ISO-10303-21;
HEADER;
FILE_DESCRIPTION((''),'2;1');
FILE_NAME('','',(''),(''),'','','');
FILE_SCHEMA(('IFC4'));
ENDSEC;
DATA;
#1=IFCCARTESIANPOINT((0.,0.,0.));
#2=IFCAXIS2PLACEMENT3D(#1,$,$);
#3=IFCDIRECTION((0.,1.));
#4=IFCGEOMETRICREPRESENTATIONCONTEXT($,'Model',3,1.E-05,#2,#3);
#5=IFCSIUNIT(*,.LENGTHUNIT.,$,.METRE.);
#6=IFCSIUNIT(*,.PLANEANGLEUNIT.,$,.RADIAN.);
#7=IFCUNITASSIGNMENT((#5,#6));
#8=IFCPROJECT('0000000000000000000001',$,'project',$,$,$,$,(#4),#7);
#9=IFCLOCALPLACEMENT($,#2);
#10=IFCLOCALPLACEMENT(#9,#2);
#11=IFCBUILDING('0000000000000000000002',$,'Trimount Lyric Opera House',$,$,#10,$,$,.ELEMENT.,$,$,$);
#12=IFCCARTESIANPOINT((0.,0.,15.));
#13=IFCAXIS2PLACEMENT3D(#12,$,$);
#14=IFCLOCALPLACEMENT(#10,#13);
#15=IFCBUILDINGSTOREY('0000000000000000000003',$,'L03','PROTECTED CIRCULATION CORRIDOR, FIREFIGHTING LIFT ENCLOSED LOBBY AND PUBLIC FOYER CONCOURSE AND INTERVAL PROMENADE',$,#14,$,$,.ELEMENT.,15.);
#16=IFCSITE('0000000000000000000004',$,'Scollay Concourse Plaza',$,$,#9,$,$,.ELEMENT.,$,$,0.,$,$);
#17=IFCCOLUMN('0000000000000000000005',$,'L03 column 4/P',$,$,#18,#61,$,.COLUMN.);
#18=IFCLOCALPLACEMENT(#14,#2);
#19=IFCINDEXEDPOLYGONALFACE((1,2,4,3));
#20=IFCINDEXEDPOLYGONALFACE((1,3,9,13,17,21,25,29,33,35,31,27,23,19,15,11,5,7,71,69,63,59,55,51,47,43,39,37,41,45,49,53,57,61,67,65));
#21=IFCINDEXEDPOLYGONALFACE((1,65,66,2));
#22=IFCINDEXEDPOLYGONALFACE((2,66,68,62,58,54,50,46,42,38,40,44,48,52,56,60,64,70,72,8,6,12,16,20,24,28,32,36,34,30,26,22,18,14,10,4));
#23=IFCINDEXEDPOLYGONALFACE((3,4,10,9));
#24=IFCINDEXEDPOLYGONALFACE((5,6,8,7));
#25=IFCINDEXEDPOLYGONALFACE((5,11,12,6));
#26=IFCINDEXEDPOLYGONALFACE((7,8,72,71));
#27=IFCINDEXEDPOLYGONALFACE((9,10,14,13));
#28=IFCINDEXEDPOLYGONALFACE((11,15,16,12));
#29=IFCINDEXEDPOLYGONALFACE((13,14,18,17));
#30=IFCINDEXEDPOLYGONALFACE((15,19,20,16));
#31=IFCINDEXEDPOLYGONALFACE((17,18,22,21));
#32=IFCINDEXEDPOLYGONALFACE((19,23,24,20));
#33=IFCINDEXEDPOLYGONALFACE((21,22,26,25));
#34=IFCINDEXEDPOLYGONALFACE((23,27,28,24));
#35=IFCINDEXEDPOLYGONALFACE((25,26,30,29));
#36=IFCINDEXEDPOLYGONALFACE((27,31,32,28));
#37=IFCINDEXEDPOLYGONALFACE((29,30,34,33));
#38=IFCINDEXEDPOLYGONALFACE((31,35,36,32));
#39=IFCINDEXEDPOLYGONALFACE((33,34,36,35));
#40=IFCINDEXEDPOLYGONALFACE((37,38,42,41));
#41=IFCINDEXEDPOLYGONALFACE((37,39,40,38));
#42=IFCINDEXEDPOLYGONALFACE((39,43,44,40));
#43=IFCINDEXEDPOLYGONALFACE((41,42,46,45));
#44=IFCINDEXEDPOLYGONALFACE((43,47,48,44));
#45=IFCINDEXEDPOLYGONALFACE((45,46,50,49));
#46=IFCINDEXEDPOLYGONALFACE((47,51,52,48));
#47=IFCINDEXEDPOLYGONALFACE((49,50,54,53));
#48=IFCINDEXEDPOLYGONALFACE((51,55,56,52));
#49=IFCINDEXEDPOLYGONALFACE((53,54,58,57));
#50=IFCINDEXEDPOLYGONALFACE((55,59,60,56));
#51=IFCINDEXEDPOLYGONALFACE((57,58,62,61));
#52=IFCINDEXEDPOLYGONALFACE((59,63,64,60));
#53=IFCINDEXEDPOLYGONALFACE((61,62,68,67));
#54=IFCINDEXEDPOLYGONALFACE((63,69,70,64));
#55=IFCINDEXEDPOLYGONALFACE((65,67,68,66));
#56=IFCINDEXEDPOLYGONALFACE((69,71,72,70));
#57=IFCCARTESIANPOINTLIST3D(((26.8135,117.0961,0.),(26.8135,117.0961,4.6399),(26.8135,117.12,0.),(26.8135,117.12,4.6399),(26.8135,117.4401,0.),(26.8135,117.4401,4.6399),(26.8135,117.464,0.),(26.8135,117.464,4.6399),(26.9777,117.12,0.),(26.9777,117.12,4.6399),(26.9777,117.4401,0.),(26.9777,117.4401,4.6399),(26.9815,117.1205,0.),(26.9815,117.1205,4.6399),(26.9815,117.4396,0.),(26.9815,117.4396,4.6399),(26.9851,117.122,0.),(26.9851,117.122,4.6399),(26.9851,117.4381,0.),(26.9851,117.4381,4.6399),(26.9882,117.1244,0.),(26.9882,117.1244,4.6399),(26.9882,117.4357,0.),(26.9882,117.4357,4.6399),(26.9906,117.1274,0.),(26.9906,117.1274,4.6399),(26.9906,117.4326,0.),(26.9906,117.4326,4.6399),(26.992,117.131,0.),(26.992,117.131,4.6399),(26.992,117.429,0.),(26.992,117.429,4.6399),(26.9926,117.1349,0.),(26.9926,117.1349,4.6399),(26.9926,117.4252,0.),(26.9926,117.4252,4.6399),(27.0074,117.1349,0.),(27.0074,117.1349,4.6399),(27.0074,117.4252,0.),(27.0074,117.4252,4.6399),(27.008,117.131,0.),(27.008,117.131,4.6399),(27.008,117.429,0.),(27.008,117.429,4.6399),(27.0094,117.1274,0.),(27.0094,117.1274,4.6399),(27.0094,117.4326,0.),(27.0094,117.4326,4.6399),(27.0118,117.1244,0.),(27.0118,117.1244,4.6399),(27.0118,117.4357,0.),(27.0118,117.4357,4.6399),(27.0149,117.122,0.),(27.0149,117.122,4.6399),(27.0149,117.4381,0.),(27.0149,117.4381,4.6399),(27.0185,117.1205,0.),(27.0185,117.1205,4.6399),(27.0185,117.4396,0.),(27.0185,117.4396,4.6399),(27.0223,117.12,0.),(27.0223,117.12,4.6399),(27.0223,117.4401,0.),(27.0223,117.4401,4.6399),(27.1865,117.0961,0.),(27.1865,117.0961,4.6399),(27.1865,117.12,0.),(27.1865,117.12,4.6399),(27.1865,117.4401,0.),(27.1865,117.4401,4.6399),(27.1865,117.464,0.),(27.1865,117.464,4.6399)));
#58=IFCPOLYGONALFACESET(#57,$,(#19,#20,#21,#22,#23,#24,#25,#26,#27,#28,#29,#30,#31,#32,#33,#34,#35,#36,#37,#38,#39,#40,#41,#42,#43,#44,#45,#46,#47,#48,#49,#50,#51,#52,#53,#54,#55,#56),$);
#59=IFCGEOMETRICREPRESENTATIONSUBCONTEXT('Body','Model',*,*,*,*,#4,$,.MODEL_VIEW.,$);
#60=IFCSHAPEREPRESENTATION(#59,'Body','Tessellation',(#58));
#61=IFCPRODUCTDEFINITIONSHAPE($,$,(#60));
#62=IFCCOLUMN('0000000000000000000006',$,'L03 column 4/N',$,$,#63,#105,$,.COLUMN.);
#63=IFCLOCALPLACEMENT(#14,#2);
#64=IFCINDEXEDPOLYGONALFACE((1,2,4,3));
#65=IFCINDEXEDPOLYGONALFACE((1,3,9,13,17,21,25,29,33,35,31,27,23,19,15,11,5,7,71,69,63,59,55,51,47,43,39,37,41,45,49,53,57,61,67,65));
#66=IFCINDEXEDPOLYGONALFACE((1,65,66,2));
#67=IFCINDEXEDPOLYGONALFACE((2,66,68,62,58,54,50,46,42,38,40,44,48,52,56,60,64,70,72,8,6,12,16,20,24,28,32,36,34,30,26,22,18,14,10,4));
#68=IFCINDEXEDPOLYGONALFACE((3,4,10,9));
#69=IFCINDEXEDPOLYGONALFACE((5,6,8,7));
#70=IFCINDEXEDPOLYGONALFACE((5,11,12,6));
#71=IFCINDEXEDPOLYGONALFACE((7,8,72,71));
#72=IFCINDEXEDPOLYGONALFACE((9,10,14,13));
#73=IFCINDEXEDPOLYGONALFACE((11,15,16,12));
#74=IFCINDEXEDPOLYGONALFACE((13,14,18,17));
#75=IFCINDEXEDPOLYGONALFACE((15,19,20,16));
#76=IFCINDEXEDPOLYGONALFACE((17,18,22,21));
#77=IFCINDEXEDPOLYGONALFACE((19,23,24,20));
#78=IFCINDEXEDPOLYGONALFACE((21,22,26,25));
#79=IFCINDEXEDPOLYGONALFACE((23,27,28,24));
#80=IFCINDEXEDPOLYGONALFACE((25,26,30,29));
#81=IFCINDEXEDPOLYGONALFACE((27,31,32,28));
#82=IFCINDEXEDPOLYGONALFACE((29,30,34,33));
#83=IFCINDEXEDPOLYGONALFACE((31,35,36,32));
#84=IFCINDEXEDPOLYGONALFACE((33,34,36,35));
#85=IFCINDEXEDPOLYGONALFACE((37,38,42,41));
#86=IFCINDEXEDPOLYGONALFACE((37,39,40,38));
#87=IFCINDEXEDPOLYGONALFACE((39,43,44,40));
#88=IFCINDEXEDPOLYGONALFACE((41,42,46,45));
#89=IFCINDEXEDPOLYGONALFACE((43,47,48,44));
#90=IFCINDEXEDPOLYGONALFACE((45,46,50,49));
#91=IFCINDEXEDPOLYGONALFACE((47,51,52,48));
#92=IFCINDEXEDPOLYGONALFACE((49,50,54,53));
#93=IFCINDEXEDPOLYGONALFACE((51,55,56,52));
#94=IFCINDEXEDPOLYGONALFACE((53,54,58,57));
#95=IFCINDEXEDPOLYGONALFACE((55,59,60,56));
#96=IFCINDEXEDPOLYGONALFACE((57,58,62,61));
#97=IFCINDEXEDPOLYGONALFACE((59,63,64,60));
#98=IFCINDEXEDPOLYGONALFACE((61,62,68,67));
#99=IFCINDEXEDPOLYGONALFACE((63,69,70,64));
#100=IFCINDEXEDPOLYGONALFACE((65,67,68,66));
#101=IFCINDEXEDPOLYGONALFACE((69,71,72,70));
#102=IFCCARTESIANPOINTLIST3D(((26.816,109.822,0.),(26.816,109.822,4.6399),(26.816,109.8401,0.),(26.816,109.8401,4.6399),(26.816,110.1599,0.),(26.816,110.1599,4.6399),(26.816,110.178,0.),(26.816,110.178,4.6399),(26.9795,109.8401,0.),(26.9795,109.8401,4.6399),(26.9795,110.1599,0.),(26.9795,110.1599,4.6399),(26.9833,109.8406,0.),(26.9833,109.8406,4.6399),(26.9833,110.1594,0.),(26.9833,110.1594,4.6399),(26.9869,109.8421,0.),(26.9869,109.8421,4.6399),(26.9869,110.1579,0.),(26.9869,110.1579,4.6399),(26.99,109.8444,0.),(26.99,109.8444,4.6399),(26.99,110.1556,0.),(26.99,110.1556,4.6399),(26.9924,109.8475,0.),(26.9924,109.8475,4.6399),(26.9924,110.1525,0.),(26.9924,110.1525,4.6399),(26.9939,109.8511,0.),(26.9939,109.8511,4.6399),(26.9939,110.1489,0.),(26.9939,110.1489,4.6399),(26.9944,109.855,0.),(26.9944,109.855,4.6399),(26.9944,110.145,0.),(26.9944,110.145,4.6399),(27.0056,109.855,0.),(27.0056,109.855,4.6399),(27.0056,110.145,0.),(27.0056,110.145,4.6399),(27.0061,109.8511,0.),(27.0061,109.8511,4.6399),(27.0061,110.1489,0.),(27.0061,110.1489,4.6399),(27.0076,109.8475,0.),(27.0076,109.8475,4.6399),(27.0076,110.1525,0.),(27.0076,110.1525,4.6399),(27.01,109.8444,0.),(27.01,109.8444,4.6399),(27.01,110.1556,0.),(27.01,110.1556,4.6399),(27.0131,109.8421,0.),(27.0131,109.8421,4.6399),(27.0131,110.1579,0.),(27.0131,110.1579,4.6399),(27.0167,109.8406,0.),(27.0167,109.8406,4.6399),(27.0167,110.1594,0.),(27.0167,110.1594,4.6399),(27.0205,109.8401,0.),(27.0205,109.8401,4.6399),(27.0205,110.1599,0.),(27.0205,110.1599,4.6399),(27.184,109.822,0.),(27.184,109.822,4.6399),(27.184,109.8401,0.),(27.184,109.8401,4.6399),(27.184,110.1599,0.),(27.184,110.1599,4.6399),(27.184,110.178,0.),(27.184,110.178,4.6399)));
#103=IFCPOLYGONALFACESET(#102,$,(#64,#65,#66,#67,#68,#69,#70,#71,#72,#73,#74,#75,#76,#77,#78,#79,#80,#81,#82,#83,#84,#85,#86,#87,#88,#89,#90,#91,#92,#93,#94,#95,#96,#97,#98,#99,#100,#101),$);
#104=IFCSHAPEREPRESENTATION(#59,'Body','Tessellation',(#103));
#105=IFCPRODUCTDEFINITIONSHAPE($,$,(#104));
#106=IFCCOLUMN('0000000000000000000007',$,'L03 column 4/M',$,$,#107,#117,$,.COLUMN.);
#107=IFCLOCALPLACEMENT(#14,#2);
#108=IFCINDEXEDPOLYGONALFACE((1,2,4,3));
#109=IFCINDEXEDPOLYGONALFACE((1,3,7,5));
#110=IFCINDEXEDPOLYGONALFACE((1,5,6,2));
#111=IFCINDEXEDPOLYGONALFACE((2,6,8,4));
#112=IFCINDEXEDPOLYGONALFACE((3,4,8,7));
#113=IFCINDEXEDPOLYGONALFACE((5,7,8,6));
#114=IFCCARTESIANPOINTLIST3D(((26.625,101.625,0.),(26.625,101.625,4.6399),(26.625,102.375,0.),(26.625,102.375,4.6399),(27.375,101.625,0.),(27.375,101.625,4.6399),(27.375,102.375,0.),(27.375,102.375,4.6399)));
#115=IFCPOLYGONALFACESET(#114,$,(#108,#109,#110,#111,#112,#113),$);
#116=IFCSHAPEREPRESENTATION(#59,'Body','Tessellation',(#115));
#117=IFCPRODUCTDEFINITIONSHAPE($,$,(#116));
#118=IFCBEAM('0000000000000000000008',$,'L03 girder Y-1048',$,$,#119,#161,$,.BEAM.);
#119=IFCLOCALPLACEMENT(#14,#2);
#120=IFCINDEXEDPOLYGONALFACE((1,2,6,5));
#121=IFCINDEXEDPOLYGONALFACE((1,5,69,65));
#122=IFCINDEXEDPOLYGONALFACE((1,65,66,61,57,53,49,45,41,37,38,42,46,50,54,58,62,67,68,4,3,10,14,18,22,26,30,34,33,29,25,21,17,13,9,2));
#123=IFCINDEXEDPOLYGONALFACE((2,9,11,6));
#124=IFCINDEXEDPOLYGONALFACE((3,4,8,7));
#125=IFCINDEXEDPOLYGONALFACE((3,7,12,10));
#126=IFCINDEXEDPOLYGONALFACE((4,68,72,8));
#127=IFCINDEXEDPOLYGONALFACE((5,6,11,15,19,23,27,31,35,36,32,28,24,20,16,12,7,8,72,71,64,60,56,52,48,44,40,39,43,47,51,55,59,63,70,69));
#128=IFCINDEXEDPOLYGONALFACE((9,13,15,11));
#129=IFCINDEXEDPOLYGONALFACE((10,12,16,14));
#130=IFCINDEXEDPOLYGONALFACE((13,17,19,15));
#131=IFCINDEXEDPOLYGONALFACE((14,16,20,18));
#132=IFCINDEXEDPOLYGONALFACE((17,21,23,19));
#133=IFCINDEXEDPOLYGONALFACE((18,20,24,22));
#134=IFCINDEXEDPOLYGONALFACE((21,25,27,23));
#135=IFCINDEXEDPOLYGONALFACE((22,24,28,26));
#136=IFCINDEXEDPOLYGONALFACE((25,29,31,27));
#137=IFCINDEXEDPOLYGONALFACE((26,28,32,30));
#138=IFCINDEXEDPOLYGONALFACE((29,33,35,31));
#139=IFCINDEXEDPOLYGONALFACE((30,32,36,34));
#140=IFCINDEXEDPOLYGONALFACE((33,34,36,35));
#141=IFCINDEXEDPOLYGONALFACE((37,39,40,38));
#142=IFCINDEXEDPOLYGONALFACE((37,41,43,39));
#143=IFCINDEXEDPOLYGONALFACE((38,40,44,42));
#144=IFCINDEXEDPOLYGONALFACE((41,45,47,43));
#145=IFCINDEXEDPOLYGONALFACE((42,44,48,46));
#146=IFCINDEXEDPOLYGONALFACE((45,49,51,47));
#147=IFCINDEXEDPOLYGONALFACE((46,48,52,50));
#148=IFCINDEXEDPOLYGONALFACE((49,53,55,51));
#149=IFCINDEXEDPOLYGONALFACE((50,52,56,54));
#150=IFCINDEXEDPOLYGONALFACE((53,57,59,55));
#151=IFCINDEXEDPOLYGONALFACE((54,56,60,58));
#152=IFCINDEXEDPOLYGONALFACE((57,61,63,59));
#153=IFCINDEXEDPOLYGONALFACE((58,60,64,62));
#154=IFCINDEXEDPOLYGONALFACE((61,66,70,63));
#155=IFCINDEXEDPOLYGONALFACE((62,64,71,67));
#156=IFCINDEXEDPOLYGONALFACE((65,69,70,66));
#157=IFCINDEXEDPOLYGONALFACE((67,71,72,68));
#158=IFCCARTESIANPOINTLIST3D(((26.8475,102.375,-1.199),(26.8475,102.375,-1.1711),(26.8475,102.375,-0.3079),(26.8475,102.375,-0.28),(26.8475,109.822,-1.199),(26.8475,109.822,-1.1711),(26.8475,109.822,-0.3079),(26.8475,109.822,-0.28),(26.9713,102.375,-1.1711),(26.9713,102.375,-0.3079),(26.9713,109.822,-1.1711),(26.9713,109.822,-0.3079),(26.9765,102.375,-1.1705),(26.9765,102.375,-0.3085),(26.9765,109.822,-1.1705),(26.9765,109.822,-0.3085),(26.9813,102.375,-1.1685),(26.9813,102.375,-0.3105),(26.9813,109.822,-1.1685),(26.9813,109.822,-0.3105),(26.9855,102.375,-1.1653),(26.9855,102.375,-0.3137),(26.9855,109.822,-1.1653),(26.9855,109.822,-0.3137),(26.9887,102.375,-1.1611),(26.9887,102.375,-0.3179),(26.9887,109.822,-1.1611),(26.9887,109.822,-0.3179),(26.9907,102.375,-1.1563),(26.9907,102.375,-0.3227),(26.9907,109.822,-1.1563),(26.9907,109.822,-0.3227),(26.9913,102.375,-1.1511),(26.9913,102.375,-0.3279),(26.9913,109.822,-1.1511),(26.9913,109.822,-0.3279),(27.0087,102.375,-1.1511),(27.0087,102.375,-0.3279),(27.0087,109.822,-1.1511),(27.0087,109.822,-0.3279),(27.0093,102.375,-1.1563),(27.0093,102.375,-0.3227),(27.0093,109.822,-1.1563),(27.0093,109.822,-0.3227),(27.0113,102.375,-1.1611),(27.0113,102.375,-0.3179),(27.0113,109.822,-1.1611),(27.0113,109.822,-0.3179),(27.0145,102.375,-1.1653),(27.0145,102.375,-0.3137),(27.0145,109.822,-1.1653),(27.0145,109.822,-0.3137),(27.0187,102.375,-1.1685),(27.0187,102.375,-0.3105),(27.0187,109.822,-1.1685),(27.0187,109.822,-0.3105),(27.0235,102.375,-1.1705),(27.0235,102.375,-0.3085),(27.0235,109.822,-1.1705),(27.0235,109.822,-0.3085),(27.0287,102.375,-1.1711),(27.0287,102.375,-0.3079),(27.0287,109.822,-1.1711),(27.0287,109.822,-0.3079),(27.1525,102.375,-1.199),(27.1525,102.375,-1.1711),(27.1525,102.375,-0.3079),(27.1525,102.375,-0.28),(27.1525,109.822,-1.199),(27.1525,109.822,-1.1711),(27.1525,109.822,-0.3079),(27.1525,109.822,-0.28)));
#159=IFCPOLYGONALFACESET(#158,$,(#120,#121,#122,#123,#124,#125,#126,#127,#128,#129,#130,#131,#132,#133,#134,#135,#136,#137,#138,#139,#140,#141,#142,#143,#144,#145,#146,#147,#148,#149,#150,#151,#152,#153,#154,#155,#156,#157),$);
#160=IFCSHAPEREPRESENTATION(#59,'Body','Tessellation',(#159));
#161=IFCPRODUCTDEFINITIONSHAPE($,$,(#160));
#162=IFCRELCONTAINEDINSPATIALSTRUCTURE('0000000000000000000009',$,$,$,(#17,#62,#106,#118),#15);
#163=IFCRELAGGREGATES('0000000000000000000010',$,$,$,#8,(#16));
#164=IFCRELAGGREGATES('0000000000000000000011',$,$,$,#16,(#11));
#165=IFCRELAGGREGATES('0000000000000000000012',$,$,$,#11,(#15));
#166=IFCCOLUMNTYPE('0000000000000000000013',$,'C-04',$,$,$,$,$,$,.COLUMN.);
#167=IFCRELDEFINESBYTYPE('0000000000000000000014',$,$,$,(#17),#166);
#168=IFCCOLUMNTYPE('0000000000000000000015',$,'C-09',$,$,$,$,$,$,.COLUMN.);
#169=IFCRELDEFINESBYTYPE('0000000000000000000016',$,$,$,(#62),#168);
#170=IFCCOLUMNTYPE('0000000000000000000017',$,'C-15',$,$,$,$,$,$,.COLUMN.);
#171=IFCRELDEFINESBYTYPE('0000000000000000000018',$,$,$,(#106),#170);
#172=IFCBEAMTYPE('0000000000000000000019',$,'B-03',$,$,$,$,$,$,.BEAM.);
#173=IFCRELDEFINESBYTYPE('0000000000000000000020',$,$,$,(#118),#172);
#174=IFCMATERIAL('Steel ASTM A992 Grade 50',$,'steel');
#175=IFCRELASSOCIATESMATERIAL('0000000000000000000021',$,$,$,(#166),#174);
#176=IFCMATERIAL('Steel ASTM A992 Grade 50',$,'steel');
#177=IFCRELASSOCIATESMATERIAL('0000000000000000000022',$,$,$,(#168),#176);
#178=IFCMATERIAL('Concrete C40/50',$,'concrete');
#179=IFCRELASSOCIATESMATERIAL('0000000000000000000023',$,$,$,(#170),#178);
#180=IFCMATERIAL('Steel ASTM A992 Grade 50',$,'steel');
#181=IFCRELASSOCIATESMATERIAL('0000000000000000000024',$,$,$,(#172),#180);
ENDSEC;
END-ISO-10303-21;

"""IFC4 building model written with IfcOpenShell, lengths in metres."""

from ifc_helpers import new_model, si_unit, direction, frame, origin, origin_2d, place, context, subcontext, project, spatial, rectangle, i_section, extrude, material, material_profile, profile_set, type_object, element, save


model = new_model("IFC4")

# Units and contexts
model_context = context("Model", 3, precision=1e-05, world=origin(), true_north=direction((0.0, 1.0)))
body_context = subcontext(model_context, "Body", "Model", "MODEL_VIEW")
ifc_project = project(units=[si_unit("LENGTHUNIT", "METRE"), si_unit("PLANEANGLEUNIT", "RADIAN")], contexts=[model_context])

# Site, building, storey
site_placement = place(None, origin())
site = spatial("IfcSite", under=ifc_project, at=site_placement, Name="Scollay Concourse Plaza", CompositionType="ELEMENT", RefElevation=0.0)
building_placement = place(site_placement, origin())
building = spatial("IfcBuilding", under=site, at=building_placement, Name="Trimount Lyric Opera House", CompositionType="ELEMENT")
storey_placement = place(building_placement, frame((0.0, 0.0, 15.0)))
storey = spatial("IfcBuildingStorey", under=building, at=storey_placement, Name="L03", Description="PROTECTED CIRCULATION CORRIDOR, FIREFIGHTING LIFT ENCLOSED LOBBY AND PUBLIC FOYER CONCOURSE AND INTERVAL PROMENADE", CompositionType="ELEMENT", Elevation=15.0)

# Columns
ifc_material_1 = material(Name="Steel ASTM A992 Grade 50", Category="steel")
ifc_material_profile_1 = material_profile(ifc_material_1, i_section(OverallWidth=0.373, OverallDepth=0.3679, WebThickness=0.0149, FlangeThickness=0.0239, FilletRadius=0.0149, at=origin_2d()), Name="W14X120")
ifc_profile_set_1 = profile_set([ifc_material_profile_1], Name="Steel ASTM A992 Grade 50")
column_type_1 = type_object("IfcColumnType", Name="C-04", PredefinedType="COLUMN", material=ifc_profile_set_1)
column_1_placement = place(storey_placement, frame((27.0, 117.28, 0.0), z_axis=(0.0, 0.0, 1.0), x_axis=(1.0, 0.0, 0.0)))
element("IfcColumn", 1, at=column_1_placement, inside=storey, type_object=column_type_1, Name="L03 column 4/P", PredefinedType="COLUMN", context=body_context, shape_type="SweptSolid", body=[
    extrude(i_section(OverallWidth=0.373, OverallDepth=0.3679, WebThickness=0.0149, FlangeThickness=0.0239, FilletRadius=0.0149, at=origin_2d()), origin(), (0.0, 0.0, 1.0), 4.6399),
])
ifc_material_2 = material(Name="Steel ASTM A992 Grade 50", Category="steel")
ifc_material_profile_2 = material_profile(ifc_material_2, i_section(OverallWidth=0.3679, OverallDepth=0.356, WebThickness=0.0112, FlangeThickness=0.0181, FilletRadius=0.0149, at=origin_2d()), Name="W14X90")
ifc_profile_set_2 = profile_set([ifc_material_profile_2], Name="Steel ASTM A992 Grade 50")
column_type_2 = type_object("IfcColumnType", Name="C-09", PredefinedType="COLUMN", material=ifc_profile_set_2)
column_2_placement = place(storey_placement, frame((27.0, 110.0, 0.0), z_axis=(0.0, 0.0, 1.0), x_axis=(1.0, 0.0, 0.0)))
element("IfcColumn", 2, at=column_2_placement, inside=storey, type_object=column_type_2, Name="L03 column 4/N", PredefinedType="COLUMN", context=body_context, shape_type="SweptSolid", body=[
    extrude(i_section(OverallWidth=0.3679, OverallDepth=0.356, WebThickness=0.0112, FlangeThickness=0.0181, FilletRadius=0.0149, at=origin_2d()), origin(), (0.0, 0.0, 1.0), 4.6399),
])
ifc_material_3 = material(Name="Concrete C40/50", Category="concrete")
ifc_material_profile_3 = material_profile(ifc_material_3, rectangle(XDim=0.75, YDim=0.75, at=origin_2d()), Name="RC750X750")
ifc_profile_set_3 = profile_set([ifc_material_profile_3], Name="Concrete C40/50")
column_type_3 = type_object("IfcColumnType", Name="C-15", PredefinedType="COLUMN", material=ifc_profile_set_3)
column_3_placement = place(storey_placement, frame((27.0, 102.0, 0.0), z_axis=(0.0, 0.0, 1.0), x_axis=(1.0, 0.0, 0.0)))
element("IfcColumn", 3, at=column_3_placement, inside=storey, type_object=column_type_3, Name="L03 column 4/M", PredefinedType="COLUMN", context=body_context, shape_type="SweptSolid", body=[
    extrude(rectangle(XDim=0.75, YDim=0.75, at=origin_2d()), origin(), (0.0, 0.0, 1.0), 4.6399),
])

# Beam
ifc_material_4 = material(Name="Steel ASTM A992 Grade 50", Category="steel")
ifc_material_profile_4 = material_profile(ifc_material_4, i_section(OverallWidth=0.3049, OverallDepth=0.9189, WebThickness=0.0173, FlangeThickness=0.0278, FilletRadius=0.02, at=origin_2d()), Name="W36X170")
ifc_profile_set_4 = profile_set([ifc_material_profile_4], Name="Steel ASTM A992 Grade 50")
beam_type_1 = type_object("IfcBeamType", Name="B-03", PredefinedType="BEAM", material=ifc_profile_set_4)
beam_1_placement = place(storey_placement, frame((27.0, 102.375, -0.7395), z_axis=(0.0, 1.0, 0.0), x_axis=(-1.0, 0.0, 0.0)))
element("IfcBeam", 4, at=beam_1_placement, inside=storey, type_object=beam_type_1, Name="L03 girder Y-1048", PredefinedType="BEAM", context=body_context, shape_type="SweptSolid", body=[
    extrude(i_section(OverallWidth=0.3049, OverallDepth=0.9189, WebThickness=0.0173, FlangeThickness=0.0278, FilletRadius=0.02, at=origin_2d()), origin(), (0.0, 0.0, 1.0), 7.447),
])

save(model, "model.ifc")
